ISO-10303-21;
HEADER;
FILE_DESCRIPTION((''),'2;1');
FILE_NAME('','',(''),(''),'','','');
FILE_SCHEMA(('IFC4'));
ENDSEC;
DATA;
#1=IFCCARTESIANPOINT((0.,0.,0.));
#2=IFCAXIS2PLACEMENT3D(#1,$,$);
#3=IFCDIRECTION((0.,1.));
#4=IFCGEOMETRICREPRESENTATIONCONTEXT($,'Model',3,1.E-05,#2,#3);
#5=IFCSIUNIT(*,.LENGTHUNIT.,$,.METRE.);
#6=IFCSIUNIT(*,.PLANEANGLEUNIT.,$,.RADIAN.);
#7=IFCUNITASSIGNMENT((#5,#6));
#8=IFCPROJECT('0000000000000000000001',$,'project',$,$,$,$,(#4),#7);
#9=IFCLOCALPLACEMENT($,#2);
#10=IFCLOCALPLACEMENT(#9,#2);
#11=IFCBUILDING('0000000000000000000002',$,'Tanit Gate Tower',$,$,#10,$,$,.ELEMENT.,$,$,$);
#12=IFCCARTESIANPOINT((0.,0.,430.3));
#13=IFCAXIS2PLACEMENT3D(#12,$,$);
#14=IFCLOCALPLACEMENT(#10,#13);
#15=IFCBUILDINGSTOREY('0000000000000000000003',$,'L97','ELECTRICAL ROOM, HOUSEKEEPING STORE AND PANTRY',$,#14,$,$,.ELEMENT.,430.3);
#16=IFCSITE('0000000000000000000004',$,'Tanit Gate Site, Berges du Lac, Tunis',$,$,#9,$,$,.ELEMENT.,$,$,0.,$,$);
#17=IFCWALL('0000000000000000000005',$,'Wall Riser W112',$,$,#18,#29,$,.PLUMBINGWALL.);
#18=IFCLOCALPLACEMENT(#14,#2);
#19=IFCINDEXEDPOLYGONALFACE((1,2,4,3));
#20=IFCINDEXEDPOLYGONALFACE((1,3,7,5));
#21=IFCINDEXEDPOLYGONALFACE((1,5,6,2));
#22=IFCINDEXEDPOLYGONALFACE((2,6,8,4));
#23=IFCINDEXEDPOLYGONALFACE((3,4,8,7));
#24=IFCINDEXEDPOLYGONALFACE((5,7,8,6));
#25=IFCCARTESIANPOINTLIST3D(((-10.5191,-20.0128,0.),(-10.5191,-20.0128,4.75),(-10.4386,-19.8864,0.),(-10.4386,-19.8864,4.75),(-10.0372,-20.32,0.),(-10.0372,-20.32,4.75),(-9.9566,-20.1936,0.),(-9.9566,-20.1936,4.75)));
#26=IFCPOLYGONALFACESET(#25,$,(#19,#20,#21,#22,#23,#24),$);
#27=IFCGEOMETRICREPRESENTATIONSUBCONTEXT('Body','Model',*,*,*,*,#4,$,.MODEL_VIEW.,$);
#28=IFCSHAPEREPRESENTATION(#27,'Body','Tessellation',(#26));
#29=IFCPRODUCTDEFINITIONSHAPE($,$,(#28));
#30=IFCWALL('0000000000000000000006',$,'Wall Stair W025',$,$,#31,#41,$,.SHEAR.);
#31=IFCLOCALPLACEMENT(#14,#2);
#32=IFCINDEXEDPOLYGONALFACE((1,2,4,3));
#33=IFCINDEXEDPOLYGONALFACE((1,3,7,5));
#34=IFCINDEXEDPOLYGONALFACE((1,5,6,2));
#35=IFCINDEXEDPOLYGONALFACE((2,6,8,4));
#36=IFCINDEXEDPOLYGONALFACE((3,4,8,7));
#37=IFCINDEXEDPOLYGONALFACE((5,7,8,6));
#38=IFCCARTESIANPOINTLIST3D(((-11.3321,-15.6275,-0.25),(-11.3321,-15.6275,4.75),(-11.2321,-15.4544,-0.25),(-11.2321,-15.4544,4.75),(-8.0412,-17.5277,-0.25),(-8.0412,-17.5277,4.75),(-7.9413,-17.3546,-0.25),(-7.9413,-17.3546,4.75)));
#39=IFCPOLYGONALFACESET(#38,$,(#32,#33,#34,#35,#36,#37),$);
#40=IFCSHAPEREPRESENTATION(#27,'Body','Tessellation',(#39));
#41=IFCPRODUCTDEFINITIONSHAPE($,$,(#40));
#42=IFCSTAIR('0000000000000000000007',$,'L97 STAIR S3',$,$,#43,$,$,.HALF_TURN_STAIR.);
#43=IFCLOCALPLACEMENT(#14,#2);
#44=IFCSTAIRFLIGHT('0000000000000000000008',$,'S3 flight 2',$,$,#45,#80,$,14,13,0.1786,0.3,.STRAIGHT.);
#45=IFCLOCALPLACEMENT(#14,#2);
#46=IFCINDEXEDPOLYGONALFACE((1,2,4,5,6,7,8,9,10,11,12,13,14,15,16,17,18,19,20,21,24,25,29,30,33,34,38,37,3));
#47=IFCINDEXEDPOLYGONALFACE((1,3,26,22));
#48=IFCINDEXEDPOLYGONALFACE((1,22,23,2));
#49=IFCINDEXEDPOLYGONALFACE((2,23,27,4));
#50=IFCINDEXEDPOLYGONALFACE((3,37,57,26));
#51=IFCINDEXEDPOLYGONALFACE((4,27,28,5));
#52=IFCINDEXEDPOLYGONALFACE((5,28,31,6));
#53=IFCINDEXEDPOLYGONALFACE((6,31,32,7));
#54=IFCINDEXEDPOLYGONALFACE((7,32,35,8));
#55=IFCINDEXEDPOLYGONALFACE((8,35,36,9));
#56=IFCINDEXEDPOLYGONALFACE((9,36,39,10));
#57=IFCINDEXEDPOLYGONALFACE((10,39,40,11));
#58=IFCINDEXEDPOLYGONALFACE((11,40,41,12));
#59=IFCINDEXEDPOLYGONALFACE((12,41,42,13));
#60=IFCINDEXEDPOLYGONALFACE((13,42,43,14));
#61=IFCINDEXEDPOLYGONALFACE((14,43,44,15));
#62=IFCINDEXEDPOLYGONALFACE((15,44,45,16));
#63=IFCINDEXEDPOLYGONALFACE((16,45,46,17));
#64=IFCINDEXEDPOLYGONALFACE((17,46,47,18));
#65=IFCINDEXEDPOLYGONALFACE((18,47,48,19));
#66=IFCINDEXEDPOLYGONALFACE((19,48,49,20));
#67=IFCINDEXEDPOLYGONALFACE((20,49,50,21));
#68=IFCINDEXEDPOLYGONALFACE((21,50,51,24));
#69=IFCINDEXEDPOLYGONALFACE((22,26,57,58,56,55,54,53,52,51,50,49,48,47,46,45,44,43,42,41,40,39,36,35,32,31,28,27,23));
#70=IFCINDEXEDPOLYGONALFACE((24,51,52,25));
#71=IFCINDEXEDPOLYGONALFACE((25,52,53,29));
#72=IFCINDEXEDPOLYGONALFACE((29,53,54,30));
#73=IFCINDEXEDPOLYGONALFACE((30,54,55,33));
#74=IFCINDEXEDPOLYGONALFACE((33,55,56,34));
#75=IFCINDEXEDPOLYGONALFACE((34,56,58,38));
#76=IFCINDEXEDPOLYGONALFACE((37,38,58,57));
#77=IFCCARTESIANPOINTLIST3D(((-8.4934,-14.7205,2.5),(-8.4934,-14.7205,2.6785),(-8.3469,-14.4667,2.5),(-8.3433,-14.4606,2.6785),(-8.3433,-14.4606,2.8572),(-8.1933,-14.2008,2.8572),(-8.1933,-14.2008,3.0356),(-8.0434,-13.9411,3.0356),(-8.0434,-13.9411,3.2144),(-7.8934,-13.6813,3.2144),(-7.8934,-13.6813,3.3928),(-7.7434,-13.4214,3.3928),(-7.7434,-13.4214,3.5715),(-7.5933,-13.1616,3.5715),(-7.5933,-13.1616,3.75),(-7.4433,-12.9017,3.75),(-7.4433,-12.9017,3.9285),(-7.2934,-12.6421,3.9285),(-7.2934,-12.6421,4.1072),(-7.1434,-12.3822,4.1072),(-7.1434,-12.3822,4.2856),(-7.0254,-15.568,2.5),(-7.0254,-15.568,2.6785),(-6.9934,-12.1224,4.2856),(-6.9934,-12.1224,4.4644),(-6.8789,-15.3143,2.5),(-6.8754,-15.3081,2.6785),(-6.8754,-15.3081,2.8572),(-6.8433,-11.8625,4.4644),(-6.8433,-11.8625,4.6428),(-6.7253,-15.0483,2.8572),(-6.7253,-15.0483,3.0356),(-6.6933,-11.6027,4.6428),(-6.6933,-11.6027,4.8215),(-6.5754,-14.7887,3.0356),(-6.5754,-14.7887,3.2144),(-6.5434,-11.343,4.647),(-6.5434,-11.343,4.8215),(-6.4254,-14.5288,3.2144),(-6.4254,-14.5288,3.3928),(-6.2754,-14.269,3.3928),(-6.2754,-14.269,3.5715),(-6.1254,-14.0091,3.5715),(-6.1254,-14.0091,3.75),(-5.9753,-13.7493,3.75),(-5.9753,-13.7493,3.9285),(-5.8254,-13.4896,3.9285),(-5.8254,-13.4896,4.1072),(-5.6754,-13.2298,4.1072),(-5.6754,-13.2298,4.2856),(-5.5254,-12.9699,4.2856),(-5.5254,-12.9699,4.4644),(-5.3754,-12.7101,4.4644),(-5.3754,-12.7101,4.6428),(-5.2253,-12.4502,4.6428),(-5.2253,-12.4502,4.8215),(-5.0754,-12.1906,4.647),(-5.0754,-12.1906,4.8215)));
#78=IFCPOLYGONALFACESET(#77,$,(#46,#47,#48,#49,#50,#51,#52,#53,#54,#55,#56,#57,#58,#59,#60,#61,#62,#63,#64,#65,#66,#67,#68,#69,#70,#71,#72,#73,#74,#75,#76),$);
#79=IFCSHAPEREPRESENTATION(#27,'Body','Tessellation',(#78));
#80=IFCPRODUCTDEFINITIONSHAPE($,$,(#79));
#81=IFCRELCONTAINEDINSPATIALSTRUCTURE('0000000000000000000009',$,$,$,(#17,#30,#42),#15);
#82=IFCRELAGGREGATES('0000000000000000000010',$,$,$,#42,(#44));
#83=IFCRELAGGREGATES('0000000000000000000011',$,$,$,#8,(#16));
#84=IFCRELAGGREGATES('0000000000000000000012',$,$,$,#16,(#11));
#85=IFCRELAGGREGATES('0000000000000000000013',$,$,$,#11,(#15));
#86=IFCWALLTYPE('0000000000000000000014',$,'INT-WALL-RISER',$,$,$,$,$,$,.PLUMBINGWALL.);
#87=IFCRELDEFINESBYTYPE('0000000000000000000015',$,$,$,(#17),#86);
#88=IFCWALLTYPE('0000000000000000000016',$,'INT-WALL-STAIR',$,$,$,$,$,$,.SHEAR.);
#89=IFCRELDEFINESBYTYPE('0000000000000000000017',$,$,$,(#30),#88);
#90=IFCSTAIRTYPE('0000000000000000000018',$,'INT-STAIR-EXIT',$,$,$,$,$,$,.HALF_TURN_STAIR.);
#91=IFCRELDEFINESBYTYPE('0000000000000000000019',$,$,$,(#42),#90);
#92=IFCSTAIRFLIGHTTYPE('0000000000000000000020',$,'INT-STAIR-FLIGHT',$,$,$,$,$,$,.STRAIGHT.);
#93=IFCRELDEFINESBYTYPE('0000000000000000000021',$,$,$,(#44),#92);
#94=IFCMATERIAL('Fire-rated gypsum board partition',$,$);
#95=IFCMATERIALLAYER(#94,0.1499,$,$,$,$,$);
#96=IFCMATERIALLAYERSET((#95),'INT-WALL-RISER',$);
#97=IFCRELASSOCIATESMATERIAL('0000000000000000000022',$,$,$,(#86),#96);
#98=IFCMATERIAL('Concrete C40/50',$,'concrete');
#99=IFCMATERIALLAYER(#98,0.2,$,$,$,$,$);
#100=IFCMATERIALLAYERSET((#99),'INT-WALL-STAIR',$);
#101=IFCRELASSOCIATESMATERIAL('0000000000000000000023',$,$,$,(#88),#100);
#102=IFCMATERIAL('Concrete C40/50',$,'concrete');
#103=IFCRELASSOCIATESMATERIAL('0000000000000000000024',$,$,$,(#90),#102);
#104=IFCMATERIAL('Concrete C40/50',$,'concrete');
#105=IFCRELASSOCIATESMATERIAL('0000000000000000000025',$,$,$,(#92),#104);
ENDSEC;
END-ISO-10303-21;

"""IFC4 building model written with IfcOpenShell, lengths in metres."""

from ifc_helpers import new_model, si_unit, direction, frame, frame_2d, origin, place, context, subcontext, project, spatial, polyline, rectangle, outline, extrude, material, layer, layer_set, type_object, element, aggregate, save


model = new_model("IFC4")

# Units and contexts
model_context = context("Model", 3, precision=1e-05, world=origin(), true_north=direction((0.0, 1.0)))
body_context = subcontext(model_context, "Body", "Model", "MODEL_VIEW")
ifc_project = project(units=[si_unit("LENGTHUNIT", "METRE"), si_unit("PLANEANGLEUNIT", "RADIAN")], contexts=[model_context])

# Site, building, storey
site_placement = place(None, origin())
site = spatial("IfcSite", under=ifc_project, at=site_placement, Name="Tanit Gate Site, Berges du Lac, Tunis", CompositionType="ELEMENT", RefElevation=0.0)
building_placement = place(site_placement, origin())
building = spatial("IfcBuilding", under=site, at=building_placement, Name="Tanit Gate Tower", CompositionType="ELEMENT")
storey_placement = place(building_placement, frame((0.0, 0.0, 430.3)))
storey = spatial("IfcBuildingStorey", under=building, at=storey_placement, Name="L97", Description="ELECTRICAL ROOM, HOUSEKEEPING STORE AND PANTRY", CompositionType="ELEMENT", Elevation=430.3)

# Shared definitions
ifc_material_1 = material(Name="Fire-rated gypsum board partition")
ifc_layer_1 = layer(ifc_material_1, 0.1499)
ifc_layer_set_1 = layer_set([ifc_layer_1], Name="INT-WALL-RISER")
wall_type_1 = type_object("IfcWallType", Name="INT-WALL-RISER", PredefinedType="PLUMBINGWALL", material=ifc_layer_set_1)

# Walls
wall_1_placement = place(storey_placement, frame((-10.4788, -19.9497, 0.0), z_axis=(0.0, 0.0, 1.0), x_axis=(0.843309, -0.537428, 0.0)))
element("IfcWall", 1, at=wall_1_placement, inside=storey, type_object=wall_type_1, Name="Wall Riser W112", PredefinedType="PLUMBINGWALL", context=body_context, shape_type="SweptSolid", body=[
    extrude(rectangle(XDim=0.5715, YDim=0.1499, at=frame_2d((0.2856, 0.0))), origin(), (0.0, 0.0, 1.0), 4.75),
])
ifc_material_2 = material(Name="Concrete C40/50", Category="concrete")
ifc_layer_2 = layer(ifc_material_2, 0.2)
ifc_layer_set_2 = layer_set([ifc_layer_2], Name="INT-WALL-STAIR")
wall_type_2 = type_object("IfcWallType", Name="INT-WALL-STAIR", PredefinedType="SHEAR", material=ifc_layer_set_2)
wall_2_placement = place(storey_placement, frame((-11.282, -15.541, -0.25), z_axis=(0.0, 0.0, 1.0), x_axis=(0.866, -0.500043, 0.0)))
element("IfcWall", 2, at=wall_2_placement, inside=storey, type_object=wall_type_2, Name="Wall Stair W025", PredefinedType="SHEAR", context=body_context, shape_type="SweptSolid", body=[
    extrude(rectangle(XDim=3.8, YDim=0.2, at=frame_2d((1.8999, 0.0))), origin(), (0.0, 0.0, 1.0), 5.0),
])

# Stair, stair flight
ifc_material_3 = material(Name="Concrete C40/50", Category="concrete")
stair_type = type_object("IfcStairType", Name="INT-STAIR-EXIT", PredefinedType="HALF_TURN_STAIR", material=ifc_material_3)
stair_placement = place(storey_placement, origin())
stair = element("IfcStair", 3, at=stair_placement, inside=storey, type_object=stair_type, Name="L97 STAIR S3", PredefinedType="HALF_TURN_STAIR")
ifc_material_4 = material(Name="Concrete C40/50", Category="concrete")
stair_flight_type = type_object("IfcStairFlightType", Name="INT-STAIR-FLIGHT", PredefinedType="STRAIGHT", material=ifc_material_4)
stair_flight_placement = place(storey_placement, frame((-7.7593, -15.1443, 2.5), z_axis=(0.0, 0.0, 1.0), x_axis=(0.5, 0.866025, 0.0)))
stair_flight = element("IfcStairFlight", 4, at=stair_flight_placement, type_object=stair_flight_type, Name="S3 flight 2", NumberOfRisers=14, NumberOfTreads=13, PredefinedType="STRAIGHT", RiserHeight=0.1786, TreadLength=0.3, context=body_context, shape_type="SweptSolid", body=[
    extrude(outline(polyline([(0.0, 0.0), (0.0, 0.1785), (0.3, 0.1785), (0.3, 0.3572), (0.6001, 0.3572), (0.6001, 0.5356), (0.8999, 0.5356), (0.8999, 0.7144), (1.2, 0.7144), (1.2, 0.8928), (1.5, 0.8928), (1.5, 1.0715), (1.8, 1.0715), (1.8, 1.25), (2.1001, 1.25), (2.1001, 1.4285), (2.3999, 1.4285), (2.3999, 1.6072), (2.7, 1.6072), (2.7, 1.7856), (3.0, 1.7856), (3.0, 1.9644), (3.3, 1.9644), (3.3, 2.1428), (3.6001, 2.1428), (3.6001, 2.3215), (3.8999, 2.3215), (3.8999, 2.5), (3.8999, 2.147), (0.293, 0.0), (0.0, 0.0)])), frame((0.0, 0.8477, 0.0), z_axis=(0.0, -1.0, 0.0), x_axis=(1.0, 0.0, 0.0)), (0.0, 0.0, 1.0), 1.6951),
])
aggregate(stair, [stair_flight])

save(model, "model.ifc")
